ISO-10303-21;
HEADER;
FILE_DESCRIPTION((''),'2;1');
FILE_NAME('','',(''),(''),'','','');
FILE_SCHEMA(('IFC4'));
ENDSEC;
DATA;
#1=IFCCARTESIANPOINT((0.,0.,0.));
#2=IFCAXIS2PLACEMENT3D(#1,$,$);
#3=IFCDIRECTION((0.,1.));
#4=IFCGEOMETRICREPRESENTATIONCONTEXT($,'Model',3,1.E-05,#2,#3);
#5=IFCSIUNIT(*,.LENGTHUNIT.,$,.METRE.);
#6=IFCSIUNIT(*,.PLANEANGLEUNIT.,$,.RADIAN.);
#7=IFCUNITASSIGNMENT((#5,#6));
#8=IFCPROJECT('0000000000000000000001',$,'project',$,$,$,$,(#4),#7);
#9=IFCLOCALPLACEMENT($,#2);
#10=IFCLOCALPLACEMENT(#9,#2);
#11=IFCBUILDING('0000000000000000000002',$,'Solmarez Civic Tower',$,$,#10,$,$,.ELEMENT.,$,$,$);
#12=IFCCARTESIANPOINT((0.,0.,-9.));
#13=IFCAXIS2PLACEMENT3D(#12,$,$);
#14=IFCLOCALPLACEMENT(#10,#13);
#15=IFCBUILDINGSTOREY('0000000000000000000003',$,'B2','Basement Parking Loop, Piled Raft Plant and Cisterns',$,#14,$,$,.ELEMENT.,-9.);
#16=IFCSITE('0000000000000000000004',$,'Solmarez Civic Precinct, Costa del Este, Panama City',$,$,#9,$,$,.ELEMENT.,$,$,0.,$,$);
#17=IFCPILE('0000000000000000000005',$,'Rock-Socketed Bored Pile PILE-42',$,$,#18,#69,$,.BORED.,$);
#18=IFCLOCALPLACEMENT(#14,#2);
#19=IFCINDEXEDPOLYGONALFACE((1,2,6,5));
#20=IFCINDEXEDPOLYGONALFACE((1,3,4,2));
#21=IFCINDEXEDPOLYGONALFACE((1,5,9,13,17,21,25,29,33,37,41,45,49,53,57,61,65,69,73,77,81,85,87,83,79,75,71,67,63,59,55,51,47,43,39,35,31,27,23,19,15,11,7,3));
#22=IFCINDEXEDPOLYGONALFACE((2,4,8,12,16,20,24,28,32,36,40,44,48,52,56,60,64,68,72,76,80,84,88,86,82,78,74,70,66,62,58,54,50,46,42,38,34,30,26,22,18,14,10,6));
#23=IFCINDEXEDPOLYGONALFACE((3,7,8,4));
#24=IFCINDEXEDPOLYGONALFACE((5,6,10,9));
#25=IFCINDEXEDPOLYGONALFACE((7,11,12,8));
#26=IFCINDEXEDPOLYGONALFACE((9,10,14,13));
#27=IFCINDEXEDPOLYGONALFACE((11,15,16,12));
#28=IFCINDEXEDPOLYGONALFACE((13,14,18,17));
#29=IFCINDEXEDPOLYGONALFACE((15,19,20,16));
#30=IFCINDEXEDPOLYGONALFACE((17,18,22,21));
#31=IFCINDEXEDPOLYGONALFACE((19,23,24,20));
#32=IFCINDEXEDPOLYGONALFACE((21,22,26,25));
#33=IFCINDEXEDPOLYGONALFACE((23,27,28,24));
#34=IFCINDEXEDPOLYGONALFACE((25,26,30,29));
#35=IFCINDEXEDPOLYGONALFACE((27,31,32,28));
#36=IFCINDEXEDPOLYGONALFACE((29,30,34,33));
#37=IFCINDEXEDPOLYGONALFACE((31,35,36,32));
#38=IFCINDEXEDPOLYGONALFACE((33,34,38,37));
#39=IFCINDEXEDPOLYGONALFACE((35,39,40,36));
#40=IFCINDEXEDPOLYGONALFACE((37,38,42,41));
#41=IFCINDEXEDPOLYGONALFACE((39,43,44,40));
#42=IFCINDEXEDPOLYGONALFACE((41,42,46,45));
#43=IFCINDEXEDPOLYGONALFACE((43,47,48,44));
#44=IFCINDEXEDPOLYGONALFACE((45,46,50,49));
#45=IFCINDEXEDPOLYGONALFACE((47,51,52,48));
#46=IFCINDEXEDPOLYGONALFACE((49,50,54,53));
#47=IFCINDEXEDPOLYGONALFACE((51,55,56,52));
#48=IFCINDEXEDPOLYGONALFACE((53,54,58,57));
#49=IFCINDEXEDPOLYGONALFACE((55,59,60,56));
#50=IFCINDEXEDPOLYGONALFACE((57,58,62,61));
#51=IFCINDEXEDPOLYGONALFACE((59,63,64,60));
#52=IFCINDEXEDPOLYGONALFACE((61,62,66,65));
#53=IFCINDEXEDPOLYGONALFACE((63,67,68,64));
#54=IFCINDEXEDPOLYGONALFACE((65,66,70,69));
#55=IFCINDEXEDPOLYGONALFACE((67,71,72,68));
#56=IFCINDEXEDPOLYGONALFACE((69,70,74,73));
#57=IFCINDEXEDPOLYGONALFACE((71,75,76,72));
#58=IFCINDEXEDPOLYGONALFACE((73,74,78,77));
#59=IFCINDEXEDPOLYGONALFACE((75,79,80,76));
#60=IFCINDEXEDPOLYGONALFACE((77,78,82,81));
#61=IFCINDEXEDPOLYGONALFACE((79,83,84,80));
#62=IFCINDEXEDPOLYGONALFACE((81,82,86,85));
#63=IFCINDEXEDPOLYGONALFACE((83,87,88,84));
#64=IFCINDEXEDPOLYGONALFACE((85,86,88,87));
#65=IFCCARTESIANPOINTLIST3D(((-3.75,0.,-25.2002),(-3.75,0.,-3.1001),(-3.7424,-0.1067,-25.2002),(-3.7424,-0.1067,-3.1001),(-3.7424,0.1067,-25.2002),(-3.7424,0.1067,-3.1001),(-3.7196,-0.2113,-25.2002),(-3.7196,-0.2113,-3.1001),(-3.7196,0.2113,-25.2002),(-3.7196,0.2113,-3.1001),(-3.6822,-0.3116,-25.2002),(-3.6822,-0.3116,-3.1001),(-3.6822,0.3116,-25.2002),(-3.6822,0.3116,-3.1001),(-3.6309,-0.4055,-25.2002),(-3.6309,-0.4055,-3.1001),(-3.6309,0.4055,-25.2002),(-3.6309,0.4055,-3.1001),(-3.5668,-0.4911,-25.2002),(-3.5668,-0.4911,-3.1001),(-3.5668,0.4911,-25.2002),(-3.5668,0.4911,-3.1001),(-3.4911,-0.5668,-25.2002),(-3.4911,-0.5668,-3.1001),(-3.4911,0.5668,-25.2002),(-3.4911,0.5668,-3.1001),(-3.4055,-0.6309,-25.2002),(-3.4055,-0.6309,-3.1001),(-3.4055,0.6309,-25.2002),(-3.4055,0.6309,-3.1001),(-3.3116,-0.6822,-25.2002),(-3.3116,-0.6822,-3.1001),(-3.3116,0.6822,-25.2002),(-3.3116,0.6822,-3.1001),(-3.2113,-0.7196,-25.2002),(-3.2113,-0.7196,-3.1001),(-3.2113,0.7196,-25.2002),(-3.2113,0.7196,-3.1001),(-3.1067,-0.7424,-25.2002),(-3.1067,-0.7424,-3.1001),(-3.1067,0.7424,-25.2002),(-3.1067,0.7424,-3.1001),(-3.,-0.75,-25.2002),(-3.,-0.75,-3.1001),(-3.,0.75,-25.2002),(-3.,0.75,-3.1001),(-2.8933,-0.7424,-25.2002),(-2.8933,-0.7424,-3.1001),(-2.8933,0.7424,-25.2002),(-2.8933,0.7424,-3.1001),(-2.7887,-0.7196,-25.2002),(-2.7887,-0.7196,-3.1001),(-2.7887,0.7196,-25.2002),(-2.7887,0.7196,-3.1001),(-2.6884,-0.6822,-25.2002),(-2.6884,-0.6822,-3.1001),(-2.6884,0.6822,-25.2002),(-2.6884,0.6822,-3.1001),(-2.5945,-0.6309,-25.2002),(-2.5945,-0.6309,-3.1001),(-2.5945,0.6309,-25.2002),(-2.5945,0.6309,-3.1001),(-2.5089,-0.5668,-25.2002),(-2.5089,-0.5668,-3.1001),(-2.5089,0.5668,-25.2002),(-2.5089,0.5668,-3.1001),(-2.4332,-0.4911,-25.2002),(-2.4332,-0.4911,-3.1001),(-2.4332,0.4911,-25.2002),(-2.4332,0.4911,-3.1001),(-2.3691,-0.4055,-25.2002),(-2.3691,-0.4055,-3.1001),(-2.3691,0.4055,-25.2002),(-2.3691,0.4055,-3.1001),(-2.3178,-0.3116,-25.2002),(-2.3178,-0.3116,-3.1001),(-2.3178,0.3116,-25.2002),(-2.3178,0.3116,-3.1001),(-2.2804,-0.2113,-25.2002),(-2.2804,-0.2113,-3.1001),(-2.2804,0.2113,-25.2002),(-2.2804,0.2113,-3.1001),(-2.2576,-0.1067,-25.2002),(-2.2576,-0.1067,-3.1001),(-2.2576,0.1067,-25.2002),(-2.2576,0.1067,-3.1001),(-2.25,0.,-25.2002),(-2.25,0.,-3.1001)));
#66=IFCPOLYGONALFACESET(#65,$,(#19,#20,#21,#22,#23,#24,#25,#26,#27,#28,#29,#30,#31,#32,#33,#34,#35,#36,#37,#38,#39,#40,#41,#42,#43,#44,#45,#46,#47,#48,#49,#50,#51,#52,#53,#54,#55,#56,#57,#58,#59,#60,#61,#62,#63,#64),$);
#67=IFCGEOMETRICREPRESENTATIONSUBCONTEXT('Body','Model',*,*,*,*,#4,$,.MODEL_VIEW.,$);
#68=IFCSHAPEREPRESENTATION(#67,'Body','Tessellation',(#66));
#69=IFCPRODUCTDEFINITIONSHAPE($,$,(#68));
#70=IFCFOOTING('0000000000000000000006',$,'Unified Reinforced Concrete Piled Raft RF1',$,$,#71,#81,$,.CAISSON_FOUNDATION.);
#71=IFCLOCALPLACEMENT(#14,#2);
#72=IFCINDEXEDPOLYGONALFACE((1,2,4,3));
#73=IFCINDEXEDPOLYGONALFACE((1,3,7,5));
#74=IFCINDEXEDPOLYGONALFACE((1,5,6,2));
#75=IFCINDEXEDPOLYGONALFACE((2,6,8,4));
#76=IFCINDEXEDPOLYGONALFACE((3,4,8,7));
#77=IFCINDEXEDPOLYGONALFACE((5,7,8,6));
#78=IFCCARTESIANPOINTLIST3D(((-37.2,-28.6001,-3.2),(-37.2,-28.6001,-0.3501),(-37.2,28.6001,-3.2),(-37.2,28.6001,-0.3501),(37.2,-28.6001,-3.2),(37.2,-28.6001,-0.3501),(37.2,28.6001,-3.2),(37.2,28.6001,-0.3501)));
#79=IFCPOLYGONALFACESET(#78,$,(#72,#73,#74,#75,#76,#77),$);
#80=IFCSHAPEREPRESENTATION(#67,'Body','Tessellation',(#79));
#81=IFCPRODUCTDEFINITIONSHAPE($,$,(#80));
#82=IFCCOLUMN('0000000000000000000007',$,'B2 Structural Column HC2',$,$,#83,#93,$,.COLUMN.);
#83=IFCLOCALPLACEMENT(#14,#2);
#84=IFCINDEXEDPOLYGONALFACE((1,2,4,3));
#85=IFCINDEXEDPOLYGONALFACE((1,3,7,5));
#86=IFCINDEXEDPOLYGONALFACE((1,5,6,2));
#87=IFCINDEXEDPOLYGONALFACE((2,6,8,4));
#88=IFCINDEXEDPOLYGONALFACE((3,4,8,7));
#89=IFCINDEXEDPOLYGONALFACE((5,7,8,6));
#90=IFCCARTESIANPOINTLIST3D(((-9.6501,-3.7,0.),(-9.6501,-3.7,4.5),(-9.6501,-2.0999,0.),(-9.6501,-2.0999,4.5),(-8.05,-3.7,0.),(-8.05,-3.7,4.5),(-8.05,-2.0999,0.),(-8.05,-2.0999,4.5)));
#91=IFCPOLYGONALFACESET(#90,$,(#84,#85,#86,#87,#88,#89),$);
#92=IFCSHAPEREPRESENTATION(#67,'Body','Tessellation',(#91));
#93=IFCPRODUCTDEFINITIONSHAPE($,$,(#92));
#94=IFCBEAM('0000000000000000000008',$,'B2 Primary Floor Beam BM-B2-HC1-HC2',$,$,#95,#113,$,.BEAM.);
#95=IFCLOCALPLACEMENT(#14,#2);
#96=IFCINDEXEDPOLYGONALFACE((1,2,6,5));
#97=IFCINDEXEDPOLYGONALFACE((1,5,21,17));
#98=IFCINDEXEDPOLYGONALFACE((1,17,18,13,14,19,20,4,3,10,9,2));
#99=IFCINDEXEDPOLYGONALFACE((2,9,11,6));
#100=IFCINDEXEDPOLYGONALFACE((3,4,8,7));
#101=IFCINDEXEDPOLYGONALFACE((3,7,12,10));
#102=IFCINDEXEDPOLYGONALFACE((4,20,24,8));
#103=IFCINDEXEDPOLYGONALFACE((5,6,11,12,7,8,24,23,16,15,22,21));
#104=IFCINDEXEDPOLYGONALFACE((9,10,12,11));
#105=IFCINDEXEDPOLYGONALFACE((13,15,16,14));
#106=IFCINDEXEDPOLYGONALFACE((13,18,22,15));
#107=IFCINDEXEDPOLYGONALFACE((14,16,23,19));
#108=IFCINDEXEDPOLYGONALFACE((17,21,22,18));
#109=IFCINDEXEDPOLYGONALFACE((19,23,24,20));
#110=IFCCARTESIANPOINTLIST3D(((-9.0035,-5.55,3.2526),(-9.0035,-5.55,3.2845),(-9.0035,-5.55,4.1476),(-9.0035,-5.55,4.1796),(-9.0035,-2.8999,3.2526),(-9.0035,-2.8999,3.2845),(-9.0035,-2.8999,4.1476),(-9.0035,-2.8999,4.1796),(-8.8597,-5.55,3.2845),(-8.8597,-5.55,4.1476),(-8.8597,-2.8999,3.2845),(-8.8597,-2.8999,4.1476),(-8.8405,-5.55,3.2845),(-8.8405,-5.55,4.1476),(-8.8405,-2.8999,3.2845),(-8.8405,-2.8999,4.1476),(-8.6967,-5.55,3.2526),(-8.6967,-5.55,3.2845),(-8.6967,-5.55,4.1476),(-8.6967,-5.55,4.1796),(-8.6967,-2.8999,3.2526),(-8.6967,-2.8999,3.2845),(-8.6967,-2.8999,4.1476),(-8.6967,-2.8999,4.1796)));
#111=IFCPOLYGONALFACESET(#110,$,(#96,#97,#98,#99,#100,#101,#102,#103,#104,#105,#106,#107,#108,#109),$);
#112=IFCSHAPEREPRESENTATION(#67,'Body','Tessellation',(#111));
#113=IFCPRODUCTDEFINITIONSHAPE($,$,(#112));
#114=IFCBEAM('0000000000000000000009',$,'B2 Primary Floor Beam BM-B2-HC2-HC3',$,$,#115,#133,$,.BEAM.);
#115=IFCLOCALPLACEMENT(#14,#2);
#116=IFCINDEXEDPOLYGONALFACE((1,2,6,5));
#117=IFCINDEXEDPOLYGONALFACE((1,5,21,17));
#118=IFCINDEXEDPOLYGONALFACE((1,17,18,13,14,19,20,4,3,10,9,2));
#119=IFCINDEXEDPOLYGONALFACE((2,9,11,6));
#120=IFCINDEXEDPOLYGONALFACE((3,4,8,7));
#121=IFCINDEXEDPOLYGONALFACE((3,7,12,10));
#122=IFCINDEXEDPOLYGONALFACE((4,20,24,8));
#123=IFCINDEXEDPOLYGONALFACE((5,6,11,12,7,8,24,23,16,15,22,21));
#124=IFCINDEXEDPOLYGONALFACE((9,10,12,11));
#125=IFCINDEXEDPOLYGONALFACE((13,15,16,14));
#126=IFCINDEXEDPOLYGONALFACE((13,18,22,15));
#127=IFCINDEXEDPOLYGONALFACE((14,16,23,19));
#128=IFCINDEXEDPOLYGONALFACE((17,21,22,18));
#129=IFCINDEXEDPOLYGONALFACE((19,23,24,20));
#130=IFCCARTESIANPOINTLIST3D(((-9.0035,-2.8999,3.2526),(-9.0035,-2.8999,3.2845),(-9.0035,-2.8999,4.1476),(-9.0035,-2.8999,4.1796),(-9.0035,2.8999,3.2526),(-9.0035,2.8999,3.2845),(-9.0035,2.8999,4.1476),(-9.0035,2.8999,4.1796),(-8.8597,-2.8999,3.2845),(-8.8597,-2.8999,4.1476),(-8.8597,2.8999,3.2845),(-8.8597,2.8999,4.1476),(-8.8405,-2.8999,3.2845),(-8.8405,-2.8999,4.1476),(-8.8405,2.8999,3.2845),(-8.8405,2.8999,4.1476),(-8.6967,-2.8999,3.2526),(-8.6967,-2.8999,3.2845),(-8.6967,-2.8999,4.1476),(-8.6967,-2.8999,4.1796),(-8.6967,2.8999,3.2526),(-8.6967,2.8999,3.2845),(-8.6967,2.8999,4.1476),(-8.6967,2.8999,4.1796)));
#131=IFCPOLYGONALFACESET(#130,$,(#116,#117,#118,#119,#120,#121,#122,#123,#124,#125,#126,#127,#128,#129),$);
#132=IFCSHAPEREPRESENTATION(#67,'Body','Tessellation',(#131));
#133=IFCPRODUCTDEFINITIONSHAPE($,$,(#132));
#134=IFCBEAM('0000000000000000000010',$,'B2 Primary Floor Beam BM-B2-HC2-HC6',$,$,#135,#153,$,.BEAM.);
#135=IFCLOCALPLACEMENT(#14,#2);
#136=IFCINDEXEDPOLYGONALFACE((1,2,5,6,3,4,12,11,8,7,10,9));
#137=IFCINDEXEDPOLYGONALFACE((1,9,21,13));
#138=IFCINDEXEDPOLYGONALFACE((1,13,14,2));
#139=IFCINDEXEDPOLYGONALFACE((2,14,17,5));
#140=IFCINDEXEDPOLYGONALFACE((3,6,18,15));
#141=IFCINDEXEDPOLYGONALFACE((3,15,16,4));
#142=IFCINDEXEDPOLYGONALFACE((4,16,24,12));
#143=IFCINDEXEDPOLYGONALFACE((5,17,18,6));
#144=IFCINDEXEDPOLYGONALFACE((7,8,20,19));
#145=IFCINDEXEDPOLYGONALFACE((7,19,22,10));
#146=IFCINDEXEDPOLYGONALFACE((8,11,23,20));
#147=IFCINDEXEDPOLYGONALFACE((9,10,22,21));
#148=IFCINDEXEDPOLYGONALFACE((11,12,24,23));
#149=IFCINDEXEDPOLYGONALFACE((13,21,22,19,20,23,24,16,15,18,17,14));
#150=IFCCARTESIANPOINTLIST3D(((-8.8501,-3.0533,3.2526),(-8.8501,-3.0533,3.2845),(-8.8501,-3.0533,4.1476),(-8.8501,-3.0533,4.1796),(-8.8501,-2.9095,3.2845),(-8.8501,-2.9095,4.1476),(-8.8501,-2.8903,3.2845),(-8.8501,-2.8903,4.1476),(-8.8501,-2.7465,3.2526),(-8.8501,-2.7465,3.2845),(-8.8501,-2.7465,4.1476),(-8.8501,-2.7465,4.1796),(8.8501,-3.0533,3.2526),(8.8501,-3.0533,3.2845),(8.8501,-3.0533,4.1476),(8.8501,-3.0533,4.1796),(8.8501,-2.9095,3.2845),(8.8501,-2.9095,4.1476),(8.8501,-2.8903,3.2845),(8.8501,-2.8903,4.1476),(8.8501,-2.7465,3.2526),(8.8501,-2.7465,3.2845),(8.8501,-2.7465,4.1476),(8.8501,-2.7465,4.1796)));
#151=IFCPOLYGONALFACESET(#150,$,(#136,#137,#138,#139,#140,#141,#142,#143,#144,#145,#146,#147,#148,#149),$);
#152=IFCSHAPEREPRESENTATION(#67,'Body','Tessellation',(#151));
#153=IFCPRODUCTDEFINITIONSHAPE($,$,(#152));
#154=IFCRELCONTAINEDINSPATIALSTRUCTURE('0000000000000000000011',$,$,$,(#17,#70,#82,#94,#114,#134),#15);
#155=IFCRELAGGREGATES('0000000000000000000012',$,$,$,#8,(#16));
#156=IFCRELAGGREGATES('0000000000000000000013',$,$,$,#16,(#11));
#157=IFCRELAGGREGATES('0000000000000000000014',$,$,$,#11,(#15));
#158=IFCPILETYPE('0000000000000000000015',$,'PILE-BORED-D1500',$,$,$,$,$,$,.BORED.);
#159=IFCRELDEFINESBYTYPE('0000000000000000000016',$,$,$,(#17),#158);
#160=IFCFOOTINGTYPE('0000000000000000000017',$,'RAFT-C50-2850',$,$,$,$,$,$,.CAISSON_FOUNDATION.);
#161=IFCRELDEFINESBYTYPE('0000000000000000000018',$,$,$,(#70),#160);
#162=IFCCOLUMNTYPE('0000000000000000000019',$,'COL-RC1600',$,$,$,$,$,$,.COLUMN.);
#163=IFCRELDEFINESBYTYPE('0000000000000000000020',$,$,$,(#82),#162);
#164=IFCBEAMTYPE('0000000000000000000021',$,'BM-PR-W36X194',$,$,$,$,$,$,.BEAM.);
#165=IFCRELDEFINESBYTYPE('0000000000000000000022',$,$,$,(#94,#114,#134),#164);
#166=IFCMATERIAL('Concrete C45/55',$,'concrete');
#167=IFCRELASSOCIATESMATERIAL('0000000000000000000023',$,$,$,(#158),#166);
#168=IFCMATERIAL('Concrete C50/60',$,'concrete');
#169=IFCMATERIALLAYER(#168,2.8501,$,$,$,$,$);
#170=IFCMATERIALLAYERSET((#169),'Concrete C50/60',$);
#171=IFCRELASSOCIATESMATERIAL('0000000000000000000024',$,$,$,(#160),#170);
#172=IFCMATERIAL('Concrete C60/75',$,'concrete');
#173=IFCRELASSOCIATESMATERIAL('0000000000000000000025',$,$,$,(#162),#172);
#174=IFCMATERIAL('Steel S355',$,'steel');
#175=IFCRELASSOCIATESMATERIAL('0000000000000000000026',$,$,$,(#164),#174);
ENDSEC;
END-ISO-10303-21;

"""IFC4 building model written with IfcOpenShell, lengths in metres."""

from ifc_helpers import new_model, si_unit, direction, frame, origin, origin_2d, place, context, subcontext, project, spatial, polyline, rectangle, circle, i_section, outline, extrude, material, layer, layer_set, material_profile, profile_set, type_object, element, save


model = new_model("IFC4")

# Units and contexts
model_context = context("Model", 3, precision=1e-05, world=origin(), true_north=direction((0.0, 1.0)))
body_context = subcontext(model_context, "Body", "Model", "MODEL_VIEW")
ifc_project = project(units=[si_unit("LENGTHUNIT", "METRE"), si_unit("PLANEANGLEUNIT", "RADIAN")], contexts=[model_context])

# Site, building, storey
site_placement = place(None, origin())
site = spatial("IfcSite", under=ifc_project, at=site_placement, Name="Solmarez Civic Precinct, Costa del Este, Panama City", CompositionType="ELEMENT", RefElevation=0.0)
building_placement = place(site_placement, origin())
building = spatial("IfcBuilding", under=site, at=building_placement, Name="Solmarez Civic Tower", CompositionType="ELEMENT")
storey_placement = place(building_placement, frame((0.0, 0.0, -9.0)))
storey = spatial("IfcBuildingStorey", under=building, at=storey_placement, Name="B2", Description="Basement Parking Loop, Piled Raft Plant and Cisterns", CompositionType="ELEMENT", Elevation=-9.0)

# Pile
ifc_material_1 = material(Name="Concrete C45/55", Category="concrete")
ifc_material_profile_1 = material_profile(ifc_material_1, circle(Radius=0.75, at=origin_2d()), Name="PILE-D1500")
ifc_profile_set_1 = profile_set([ifc_material_profile_1], Name="Concrete C45/55")
pile_type = type_object("IfcPileType", Name="PILE-BORED-D1500", PredefinedType="BORED", material=ifc_profile_set_1)
for number, where, z_axis, x_axis, name in (
    (1, (-3.0, 0.0, -3.1001), (0.0, 0.0, -1.0), (1.0, 0.0, 0.0), "Rock-Socketed Bored Pile PILE-42"),
):
    element("IfcPile", number, at=place(storey_placement, frame(where, z_axis=z_axis, x_axis=x_axis)), inside=storey, type_object=pile_type, Name=name, PredefinedType="BORED", context=body_context, shape_type="SweptSolid", body=[
        extrude(circle(Radius=0.75, at=origin_2d()), origin(), (0.0, 0.0, 1.0), 22.1001),
    ])

# Footing
ifc_material_2 = material(Name="Concrete C50/60", Category="concrete")
ifc_layer_1 = layer(ifc_material_2, 2.8501)
ifc_layer_set_1 = layer_set([ifc_layer_1], Name="Concrete C50/60")
footing_type = type_object("IfcFootingType", Name="RAFT-C50-2850", PredefinedType="CAISSON_FOUNDATION", material=ifc_layer_set_1)
footing_placement = place(storey_placement, frame((0.0, 0.0, -3.2)))
element("IfcFooting", 2, at=footing_placement, inside=storey, type_object=footing_type, Name="Unified Reinforced Concrete Piled Raft RF1", PredefinedType="CAISSON_FOUNDATION", context=body_context, shape_type="SweptSolid", body=[
    extrude(outline(polyline([(-37.2, -28.6001), (37.2, -28.6001), (37.2, 28.6001), (-37.2, 28.6001), (-37.2, -28.6001)])), origin(), (0.0, 0.0, 1.0), 2.8499),
])

# Column
ifc_material_3 = material(Name="Concrete C60/75", Category="concrete")
ifc_material_profile_2 = material_profile(ifc_material_3, rectangle(XDim=1.6001, YDim=1.6001, at=origin_2d()), Name="RC1600X1600")
ifc_profile_set_2 = profile_set([ifc_material_profile_2], Name="Concrete C60/75")
column_type = type_object("IfcColumnType", Name="COL-RC1600", PredefinedType="COLUMN", material=ifc_profile_set_2)
column_placement = place(storey_placement, frame((-8.8501, -2.8999, 0.0), z_axis=(0.0, 0.0, 1.0), x_axis=(1.0, 0.0, 0.0)))
element("IfcColumn", 3, at=column_placement, inside=storey, type_object=column_type, Name="B2 Structural Column HC2", PredefinedType="COLUMN", context=body_context, shape_type="SweptSolid", body=[
    extrude(rectangle(XDim=1.6001, YDim=1.6001, at=origin_2d()), origin(), (0.0, 0.0, 1.0), 4.5),
])

# Beams
ifc_material_4 = material(Name="Steel S355", Category="steel")
ifc_material_profile_3 = material_profile(ifc_material_4, i_section(OverallWidth=0.3069, OverallDepth=0.927, WebThickness=0.0193, FlangeThickness=0.032, at=origin_2d()), Name="W36X194")
ifc_profile_set_3 = profile_set([ifc_material_profile_3], Name="Steel S355")
beam_type = type_object("IfcBeamType", Name="BM-PR-W36X194", PredefinedType="BEAM", material=ifc_profile_set_3)
beam_1_placement = place(storey_placement, frame((-8.8501, -5.55, 3.7161), z_axis=(0.0, 1.0, 0.0), x_axis=(-1.0, 0.0, 0.0)))
element("IfcBeam", 4, at=beam_1_placement, inside=storey, type_object=beam_type, Name="B2 Primary Floor Beam BM-B2-HC1-HC2", PredefinedType="BEAM", context=body_context, shape_type="SweptSolid", body=[
    extrude(i_section(OverallWidth=0.3069, OverallDepth=0.927, WebThickness=0.0193, FlangeThickness=0.032, at=origin_2d()), origin(), (0.0, 0.0, 1.0), 2.6501),
])
beam_2_placement = place(storey_placement, frame((-8.8501, -2.8999, 3.7161), z_axis=(0.0, 1.0, 0.0), x_axis=(-1.0, 0.0, 0.0)))
element("IfcBeam", 5, at=beam_2_placement, inside=storey, type_object=beam_type, Name="B2 Primary Floor Beam BM-B2-HC2-HC3", PredefinedType="BEAM", context=body_context, shape_type="SweptSolid", body=[
    extrude(i_section(OverallWidth=0.3069, OverallDepth=0.927, WebThickness=0.0193, FlangeThickness=0.032, at=origin_2d()), origin(), (0.0, 0.0, 1.0), 5.7998),
])
beam_3_placement = place(storey_placement, frame((-8.8501, -2.8999, 3.7161), z_axis=(1.0, 0.0, 0.0), x_axis=(0.0, 1.0, 0.0)))
element("IfcBeam", 6, at=beam_3_placement, inside=storey, type_object=beam_type, Name="B2 Primary Floor Beam BM-B2-HC2-HC6", PredefinedType="BEAM", context=body_context, shape_type="SweptSolid", body=[
    extrude(i_section(OverallWidth=0.3069, OverallDepth=0.927, WebThickness=0.0193, FlangeThickness=0.032, at=origin_2d()), origin(), (0.0, 0.0, 1.0), 17.7002),
])

save(model, "model.ifc")
